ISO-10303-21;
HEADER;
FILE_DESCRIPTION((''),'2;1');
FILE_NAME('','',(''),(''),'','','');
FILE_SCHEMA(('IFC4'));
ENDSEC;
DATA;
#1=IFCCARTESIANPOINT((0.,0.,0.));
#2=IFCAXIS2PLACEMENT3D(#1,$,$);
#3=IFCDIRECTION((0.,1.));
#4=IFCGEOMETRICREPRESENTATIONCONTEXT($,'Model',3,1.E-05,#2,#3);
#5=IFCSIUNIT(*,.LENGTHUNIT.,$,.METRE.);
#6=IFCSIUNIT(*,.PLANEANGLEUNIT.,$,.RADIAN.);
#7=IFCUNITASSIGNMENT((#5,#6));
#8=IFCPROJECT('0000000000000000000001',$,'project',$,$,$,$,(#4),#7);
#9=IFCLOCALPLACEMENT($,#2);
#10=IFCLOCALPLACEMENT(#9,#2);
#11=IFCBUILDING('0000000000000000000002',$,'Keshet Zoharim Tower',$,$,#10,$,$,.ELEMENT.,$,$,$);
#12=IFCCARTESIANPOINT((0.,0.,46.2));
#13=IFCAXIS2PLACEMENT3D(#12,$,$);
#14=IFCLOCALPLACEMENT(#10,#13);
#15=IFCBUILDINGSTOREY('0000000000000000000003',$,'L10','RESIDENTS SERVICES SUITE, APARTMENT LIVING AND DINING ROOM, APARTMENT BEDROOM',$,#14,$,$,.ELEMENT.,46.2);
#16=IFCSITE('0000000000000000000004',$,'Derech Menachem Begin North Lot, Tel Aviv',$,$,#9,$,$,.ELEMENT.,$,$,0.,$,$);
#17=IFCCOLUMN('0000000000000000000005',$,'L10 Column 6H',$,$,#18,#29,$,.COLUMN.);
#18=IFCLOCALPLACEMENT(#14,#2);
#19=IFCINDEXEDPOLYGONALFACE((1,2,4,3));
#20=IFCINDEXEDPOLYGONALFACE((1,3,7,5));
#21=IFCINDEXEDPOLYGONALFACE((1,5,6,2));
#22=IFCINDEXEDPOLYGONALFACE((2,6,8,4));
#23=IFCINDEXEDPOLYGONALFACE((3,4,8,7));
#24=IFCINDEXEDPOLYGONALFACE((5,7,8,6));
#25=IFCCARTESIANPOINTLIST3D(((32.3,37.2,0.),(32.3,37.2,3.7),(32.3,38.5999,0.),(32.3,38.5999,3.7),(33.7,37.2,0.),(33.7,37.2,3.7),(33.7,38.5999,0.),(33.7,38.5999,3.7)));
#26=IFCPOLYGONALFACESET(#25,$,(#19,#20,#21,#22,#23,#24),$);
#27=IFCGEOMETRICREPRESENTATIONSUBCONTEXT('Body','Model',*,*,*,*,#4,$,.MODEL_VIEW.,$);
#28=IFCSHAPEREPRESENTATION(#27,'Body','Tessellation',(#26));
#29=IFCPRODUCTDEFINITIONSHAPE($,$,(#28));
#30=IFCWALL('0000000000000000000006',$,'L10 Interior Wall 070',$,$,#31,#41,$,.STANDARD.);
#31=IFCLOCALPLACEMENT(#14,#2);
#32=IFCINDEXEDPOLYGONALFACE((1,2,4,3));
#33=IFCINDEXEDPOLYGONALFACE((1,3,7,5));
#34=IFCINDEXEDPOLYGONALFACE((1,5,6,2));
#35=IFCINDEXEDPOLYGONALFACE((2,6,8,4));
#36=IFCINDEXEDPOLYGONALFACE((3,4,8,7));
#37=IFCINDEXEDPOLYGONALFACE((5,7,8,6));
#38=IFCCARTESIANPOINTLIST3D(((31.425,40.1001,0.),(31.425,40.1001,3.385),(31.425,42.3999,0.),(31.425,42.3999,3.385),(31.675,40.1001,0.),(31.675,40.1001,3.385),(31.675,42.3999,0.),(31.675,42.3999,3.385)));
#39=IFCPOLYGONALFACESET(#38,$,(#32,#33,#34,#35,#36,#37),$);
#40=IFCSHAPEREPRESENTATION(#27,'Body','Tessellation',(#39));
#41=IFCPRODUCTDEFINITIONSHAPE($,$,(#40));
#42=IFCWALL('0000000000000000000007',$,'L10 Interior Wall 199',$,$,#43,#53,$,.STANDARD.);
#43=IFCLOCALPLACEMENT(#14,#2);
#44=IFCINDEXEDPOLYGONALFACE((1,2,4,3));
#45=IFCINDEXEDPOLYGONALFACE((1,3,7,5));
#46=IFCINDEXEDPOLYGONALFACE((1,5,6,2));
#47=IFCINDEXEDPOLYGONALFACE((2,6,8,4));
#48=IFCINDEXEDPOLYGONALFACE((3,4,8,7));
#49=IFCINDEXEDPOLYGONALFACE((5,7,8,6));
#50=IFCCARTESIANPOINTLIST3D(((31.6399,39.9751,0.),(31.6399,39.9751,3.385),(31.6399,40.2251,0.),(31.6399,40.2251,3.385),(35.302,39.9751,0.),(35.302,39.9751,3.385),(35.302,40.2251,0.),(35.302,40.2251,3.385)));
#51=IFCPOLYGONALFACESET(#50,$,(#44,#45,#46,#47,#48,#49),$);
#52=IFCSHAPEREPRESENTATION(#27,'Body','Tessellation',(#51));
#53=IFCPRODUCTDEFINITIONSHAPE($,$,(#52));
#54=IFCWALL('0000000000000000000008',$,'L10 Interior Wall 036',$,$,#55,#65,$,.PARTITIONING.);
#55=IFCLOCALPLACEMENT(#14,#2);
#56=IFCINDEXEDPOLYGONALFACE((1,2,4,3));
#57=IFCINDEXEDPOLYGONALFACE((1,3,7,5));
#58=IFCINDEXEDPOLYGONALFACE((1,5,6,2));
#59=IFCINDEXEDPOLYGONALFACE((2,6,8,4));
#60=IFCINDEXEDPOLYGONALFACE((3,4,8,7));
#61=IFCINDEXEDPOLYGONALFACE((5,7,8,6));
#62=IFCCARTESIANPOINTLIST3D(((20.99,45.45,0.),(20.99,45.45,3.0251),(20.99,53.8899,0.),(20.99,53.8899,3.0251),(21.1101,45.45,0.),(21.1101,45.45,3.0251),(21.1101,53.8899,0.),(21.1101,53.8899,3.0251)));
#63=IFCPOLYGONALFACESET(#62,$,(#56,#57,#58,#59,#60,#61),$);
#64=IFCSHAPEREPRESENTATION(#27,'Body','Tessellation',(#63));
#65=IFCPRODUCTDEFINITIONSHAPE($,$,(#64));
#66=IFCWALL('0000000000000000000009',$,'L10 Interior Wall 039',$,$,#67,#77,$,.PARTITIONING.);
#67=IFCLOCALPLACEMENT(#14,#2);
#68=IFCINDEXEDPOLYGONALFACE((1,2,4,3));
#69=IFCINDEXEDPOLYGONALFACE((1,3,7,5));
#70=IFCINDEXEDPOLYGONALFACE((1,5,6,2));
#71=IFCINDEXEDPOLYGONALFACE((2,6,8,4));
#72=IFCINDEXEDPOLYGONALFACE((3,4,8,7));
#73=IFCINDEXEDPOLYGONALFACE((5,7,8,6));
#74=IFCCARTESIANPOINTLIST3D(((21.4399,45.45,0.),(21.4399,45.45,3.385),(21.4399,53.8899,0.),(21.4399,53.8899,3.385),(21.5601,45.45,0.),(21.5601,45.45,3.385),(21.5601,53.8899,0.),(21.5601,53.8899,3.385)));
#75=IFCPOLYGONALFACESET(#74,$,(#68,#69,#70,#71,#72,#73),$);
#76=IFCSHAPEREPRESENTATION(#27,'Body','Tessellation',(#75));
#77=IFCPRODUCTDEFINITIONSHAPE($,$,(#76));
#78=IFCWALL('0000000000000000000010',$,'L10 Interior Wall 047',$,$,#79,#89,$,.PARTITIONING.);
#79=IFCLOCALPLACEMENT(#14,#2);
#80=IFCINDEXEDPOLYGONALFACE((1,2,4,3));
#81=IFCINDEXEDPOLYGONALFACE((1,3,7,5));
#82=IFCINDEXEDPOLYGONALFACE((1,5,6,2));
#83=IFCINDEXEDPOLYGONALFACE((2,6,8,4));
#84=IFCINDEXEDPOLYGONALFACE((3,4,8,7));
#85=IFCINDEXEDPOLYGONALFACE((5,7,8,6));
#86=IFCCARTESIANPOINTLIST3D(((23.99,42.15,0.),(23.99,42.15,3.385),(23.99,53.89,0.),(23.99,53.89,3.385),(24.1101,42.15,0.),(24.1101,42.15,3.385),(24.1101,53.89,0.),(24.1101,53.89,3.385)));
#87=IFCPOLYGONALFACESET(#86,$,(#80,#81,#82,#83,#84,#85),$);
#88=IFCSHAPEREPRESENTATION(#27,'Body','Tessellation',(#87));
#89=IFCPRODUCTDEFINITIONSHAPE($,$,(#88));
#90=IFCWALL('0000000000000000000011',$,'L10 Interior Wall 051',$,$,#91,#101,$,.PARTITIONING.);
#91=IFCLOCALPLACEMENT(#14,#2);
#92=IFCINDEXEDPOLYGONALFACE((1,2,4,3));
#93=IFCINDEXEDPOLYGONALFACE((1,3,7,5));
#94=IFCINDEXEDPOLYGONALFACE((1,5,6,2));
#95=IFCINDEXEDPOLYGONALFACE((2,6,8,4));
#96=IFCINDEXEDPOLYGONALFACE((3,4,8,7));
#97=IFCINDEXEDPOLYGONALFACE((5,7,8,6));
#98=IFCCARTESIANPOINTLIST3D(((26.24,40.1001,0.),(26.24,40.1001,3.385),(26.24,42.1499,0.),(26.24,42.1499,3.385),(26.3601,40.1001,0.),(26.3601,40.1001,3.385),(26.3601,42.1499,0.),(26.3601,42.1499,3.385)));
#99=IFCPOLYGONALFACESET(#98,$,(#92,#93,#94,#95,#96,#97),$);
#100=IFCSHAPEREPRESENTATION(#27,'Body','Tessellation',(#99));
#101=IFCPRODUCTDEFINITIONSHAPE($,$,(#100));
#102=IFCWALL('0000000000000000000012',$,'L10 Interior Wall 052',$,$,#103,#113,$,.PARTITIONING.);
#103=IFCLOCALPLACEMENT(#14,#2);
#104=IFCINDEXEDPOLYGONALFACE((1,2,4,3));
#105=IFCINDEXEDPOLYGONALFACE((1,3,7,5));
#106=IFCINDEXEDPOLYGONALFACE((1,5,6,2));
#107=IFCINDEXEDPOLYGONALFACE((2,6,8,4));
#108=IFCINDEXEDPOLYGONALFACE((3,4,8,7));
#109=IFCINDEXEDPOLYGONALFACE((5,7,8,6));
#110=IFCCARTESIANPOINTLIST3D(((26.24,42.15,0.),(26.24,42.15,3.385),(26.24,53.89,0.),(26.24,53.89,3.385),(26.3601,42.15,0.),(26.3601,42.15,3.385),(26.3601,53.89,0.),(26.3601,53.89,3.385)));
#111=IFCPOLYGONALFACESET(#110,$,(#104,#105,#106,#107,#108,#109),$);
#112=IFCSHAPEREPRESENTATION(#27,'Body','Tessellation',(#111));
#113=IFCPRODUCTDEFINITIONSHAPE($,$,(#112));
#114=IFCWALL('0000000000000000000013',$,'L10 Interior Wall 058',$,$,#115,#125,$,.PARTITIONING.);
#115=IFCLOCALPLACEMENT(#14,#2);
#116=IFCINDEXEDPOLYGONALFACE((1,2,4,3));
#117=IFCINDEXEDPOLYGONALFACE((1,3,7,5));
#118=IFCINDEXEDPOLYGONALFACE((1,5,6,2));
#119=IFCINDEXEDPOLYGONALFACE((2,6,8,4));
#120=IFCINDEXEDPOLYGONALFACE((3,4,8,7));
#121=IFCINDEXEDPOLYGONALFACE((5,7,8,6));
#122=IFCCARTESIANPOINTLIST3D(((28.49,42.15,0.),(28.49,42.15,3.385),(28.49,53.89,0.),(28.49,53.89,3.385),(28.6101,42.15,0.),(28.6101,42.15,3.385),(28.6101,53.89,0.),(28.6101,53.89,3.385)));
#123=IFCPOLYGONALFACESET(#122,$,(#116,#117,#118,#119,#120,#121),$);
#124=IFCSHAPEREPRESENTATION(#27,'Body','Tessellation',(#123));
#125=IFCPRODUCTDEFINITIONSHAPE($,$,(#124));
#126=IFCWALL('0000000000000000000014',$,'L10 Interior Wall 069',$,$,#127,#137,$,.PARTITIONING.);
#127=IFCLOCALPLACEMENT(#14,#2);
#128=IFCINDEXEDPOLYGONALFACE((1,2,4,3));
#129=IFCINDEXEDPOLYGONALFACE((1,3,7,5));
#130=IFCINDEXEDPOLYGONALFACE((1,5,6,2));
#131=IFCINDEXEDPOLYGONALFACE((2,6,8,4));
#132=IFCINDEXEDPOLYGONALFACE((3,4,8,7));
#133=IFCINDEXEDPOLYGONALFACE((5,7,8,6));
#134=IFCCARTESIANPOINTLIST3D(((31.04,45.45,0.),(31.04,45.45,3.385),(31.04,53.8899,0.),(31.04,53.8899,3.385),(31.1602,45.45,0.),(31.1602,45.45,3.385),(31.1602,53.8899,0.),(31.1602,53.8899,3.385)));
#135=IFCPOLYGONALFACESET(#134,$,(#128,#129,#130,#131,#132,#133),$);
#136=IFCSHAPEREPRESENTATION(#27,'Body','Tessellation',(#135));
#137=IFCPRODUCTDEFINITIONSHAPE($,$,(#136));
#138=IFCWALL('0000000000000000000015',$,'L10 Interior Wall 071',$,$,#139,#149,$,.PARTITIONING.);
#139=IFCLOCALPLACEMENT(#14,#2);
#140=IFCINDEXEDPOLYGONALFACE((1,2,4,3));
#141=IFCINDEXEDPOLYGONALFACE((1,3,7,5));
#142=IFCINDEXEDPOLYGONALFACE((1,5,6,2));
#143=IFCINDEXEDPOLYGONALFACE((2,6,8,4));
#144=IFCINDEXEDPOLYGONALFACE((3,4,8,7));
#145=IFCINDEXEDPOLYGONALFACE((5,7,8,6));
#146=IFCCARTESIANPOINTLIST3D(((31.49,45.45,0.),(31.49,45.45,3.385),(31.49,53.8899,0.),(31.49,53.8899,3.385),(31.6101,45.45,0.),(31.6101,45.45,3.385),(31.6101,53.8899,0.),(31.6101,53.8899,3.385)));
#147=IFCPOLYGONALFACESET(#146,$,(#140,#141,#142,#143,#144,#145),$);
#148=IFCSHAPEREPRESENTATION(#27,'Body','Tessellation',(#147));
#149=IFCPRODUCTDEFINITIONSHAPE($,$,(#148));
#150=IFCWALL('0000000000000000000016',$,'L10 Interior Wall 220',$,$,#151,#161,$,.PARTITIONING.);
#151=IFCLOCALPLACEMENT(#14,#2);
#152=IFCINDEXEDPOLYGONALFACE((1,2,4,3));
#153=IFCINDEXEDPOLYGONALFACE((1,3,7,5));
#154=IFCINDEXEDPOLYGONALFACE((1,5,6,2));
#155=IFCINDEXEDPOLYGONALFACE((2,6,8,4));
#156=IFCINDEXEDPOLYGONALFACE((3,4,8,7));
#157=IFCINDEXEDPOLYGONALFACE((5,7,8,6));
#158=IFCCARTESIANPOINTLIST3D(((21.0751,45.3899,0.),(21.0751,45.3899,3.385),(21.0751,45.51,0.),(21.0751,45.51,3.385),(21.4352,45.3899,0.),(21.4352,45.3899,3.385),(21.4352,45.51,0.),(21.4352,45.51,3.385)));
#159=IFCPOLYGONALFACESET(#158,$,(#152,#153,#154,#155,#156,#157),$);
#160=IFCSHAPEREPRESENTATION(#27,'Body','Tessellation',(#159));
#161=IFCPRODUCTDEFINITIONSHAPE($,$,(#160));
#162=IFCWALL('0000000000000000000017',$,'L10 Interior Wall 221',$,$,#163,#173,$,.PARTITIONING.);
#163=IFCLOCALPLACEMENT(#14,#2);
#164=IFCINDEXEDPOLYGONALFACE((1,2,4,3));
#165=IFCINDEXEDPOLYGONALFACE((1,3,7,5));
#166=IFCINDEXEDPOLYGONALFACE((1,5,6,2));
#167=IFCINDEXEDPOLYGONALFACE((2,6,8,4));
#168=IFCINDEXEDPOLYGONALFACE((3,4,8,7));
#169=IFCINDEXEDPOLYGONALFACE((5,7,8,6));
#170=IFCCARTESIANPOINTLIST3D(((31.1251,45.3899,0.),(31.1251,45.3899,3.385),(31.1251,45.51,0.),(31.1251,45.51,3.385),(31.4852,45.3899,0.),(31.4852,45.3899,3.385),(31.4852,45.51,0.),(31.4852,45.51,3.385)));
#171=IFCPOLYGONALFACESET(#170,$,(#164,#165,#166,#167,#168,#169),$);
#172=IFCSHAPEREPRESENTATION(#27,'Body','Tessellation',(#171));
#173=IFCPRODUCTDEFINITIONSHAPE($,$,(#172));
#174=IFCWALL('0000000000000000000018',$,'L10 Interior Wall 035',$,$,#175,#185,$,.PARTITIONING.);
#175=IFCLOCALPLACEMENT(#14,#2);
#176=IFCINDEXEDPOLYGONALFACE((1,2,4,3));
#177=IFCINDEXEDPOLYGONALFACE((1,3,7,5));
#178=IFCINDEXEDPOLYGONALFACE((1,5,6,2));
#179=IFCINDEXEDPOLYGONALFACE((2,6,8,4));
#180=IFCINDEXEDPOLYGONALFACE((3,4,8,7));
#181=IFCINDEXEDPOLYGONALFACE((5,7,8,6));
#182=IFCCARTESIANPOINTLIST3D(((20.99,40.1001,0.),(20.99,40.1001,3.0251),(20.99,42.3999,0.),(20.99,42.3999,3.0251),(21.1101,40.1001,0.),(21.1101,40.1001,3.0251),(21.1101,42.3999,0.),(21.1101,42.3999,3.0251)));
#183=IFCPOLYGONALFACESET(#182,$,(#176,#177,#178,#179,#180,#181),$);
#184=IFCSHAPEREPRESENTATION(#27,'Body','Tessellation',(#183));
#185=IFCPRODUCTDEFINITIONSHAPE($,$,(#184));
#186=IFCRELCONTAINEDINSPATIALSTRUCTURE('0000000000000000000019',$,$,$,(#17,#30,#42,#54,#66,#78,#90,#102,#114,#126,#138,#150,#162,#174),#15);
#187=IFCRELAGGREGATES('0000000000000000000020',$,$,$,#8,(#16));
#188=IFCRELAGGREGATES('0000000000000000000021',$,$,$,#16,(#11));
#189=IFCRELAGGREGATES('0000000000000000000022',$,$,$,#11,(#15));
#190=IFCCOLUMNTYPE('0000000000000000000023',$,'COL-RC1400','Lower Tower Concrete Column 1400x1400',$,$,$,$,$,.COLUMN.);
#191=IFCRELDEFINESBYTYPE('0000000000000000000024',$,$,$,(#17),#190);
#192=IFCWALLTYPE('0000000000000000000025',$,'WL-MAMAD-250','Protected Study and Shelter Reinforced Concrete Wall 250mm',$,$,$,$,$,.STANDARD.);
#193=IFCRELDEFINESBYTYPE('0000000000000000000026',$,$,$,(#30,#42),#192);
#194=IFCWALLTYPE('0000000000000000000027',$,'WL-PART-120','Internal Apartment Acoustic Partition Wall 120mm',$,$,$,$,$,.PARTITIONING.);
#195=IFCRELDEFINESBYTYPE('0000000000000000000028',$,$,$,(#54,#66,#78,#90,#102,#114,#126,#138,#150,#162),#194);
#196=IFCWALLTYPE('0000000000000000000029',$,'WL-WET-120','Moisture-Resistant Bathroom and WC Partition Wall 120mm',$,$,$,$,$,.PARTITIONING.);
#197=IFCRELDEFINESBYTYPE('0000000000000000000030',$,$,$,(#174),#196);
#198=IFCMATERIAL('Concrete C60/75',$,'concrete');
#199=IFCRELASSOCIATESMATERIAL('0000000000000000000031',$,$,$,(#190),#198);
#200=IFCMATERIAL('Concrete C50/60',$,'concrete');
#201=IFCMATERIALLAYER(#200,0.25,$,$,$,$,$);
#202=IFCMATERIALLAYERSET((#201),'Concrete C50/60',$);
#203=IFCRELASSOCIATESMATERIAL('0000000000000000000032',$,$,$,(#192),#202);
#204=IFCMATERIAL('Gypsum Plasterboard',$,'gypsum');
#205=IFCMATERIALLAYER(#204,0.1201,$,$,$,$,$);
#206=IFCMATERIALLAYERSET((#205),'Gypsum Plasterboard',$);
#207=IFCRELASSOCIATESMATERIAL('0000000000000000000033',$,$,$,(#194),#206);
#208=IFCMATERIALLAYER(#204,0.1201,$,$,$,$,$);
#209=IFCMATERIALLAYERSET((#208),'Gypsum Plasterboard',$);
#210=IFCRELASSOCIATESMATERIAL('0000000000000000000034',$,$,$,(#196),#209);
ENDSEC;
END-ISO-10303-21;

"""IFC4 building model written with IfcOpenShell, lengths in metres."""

from ifc_helpers import new_model, si_unit, direction, frame, frame_2d, origin, origin_2d, place, context, subcontext, project, spatial, rectangle, extrude, material, layer, layer_set, material_profile, profile_set, type_object, element, save


model = new_model("IFC4")

# Units and contexts
model_context = context("Model", 3, precision=1e-05, world=origin(), true_north=direction((0.0, 1.0)))
body_context = subcontext(model_context, "Body", "Model", "MODEL_VIEW")
ifc_project = project(units=[si_unit("LENGTHUNIT", "METRE"), si_unit("PLANEANGLEUNIT", "RADIAN")], contexts=[model_context])

# Site, building, storey
site_placement = place(None, origin())
site = spatial("IfcSite", under=ifc_project, at=site_placement, Name="Derech Menachem Begin North Lot, Tel Aviv", CompositionType="ELEMENT", RefElevation=0.0)
building_placement = place(site_placement, origin())
building = spatial("IfcBuilding", under=site, at=building_placement, Name="Keshet Zoharim Tower", CompositionType="ELEMENT")
storey_placement = place(building_placement, frame((0.0, 0.0, 46.2)))
storey = spatial("IfcBuildingStorey", under=building, at=storey_placement, Name="L10", Description="RESIDENTS SERVICES SUITE, APARTMENT LIVING AND DINING ROOM, APARTMENT BEDROOM", CompositionType="ELEMENT", Elevation=46.2)

# Column
ifc_material_1 = material(Name="Concrete C60/75", Category="concrete")
ifc_material_profile = material_profile(ifc_material_1, rectangle(XDim=1.3999, YDim=1.3999, at=origin_2d()), Name="RC1400x1400")
ifc_profile_set = profile_set([ifc_material_profile], Name="Concrete C60/75")
column_type = type_object("IfcColumnType", Name="COL-RC1400", Description="Lower Tower Concrete Column 1400x1400", PredefinedType="COLUMN", material=ifc_profile_set)
column_placement = place(storey_placement, frame((33.0, 37.8999, 0.0), z_axis=(0.0, 0.0, 1.0), x_axis=(1.0, 0.0, 0.0)))
element("IfcColumn", 1, at=column_placement, inside=storey, type_object=column_type, Name="L10 Column 6H", PredefinedType="COLUMN", context=body_context, shape_type="SweptSolid", body=[
    extrude(rectangle(XDim=1.3999, YDim=1.3999, at=origin_2d()), origin(), (0.0, 0.0, 1.0), 3.7),
])

# Shared definitions
ifc_material_2 = material(Name="Gypsum Plasterboard", Category="gypsum")

# Walls
ifc_material_3 = material(Name="Concrete C50/60", Category="concrete")
ifc_layer_1 = layer(ifc_material_3, 0.25)
ifc_layer_set_1 = layer_set([ifc_layer_1], Name="Concrete C50/60")
wall_type_1 = type_object("IfcWallType", Name="WL-MAMAD-250", Description="Protected Study and Shelter Reinforced Concrete Wall 250mm", PredefinedType="STANDARD", material=ifc_layer_set_1)
wall_1_placement = place(storey_placement, frame((31.55, 40.1001, 0.0), z_axis=(0.0, 0.0, 1.0), x_axis=(0.0, 1.0, 0.0)))
element("IfcWall", 2, at=wall_1_placement, inside=storey, type_object=wall_type_1, Name="L10 Interior Wall 070", PredefinedType="STANDARD", context=body_context, shape_type="SweptSolid", body=[
    extrude(rectangle(XDim=2.2998, YDim=0.25, at=frame_2d((1.1499, 0.0))), origin(), (0.0, 0.0, 1.0), 3.385),
])
wall_2_placement = place(storey_placement, frame((31.6399, 40.1001, 0.0), z_axis=(0.0, 0.0, 1.0), x_axis=(1.0, 0.0, 0.0)))
element("IfcWall", 3, at=wall_2_placement, inside=storey, type_object=wall_type_1, Name="L10 Interior Wall 199", PredefinedType="STANDARD", context=body_context, shape_type="SweptSolid", body=[
    extrude(rectangle(XDim=3.6621, YDim=0.25, at=frame_2d((1.8311, 0.0))), origin(), (0.0, 0.0, 1.0), 3.385),
])

# Walls
ifc_layer_2 = layer(ifc_material_2, 0.1201)
ifc_layer_set_2 = layer_set([ifc_layer_2], Name="Gypsum Plasterboard")
wall_type_2 = type_object("IfcWallType", Name="WL-PART-120", Description="Internal Apartment Acoustic Partition Wall 120mm", PredefinedType="PARTITIONING", material=ifc_layer_set_2)
wall_3_placement = place(storey_placement, frame((21.05, 45.45, 0.0), z_axis=(0.0, 0.0, 1.0), x_axis=(0.0, 1.0, 0.0)))
element("IfcWall", 4, at=wall_3_placement, inside=storey, type_object=wall_type_2, Name="L10 Interior Wall 036", PredefinedType="PARTITIONING", context=body_context, shape_type="SweptSolid", body=[
    extrude(rectangle(XDim=8.4399, YDim=0.1201, at=frame_2d((4.22, 0.0))), origin(), (0.0, 0.0, 1.0), 3.0251),
])
wall_4_placement = place(storey_placement, frame((21.5, 45.45, 0.0), z_axis=(0.0, 0.0, 1.0), x_axis=(0.0, 1.0, 0.0)))
element("IfcWall", 5, at=wall_4_placement, inside=storey, type_object=wall_type_2, Name="L10 Interior Wall 039", PredefinedType="PARTITIONING", context=body_context, shape_type="SweptSolid", body=[
    extrude(rectangle(XDim=8.4399, YDim=0.1201, at=frame_2d((4.22, 0.0))), origin(), (0.0, 0.0, 1.0), 3.385),
])
wall_5_placement = place(storey_placement, frame((24.05, 42.1499, 0.0), z_axis=(0.0, 0.0, 1.0), x_axis=(0.0, 1.0, 0.0)))
element("IfcWall", 6, at=wall_5_placement, inside=storey, type_object=wall_type_2, Name="L10 Interior Wall 047", PredefinedType="PARTITIONING", context=body_context, shape_type="SweptSolid", body=[
    extrude(rectangle(XDim=11.74, YDim=0.1201, at=frame_2d((5.8701, 0.0))), origin(), (0.0, 0.0, 1.0), 3.385),
])
wall_6_placement = place(storey_placement, frame((26.3, 40.1001, 0.0), z_axis=(0.0, 0.0, 1.0), x_axis=(0.0, 1.0, 0.0)))
element("IfcWall", 7, at=wall_6_placement, inside=storey, type_object=wall_type_2, Name="L10 Interior Wall 051", PredefinedType="PARTITIONING", context=body_context, shape_type="SweptSolid", body=[
    extrude(rectangle(XDim=2.0498, YDim=0.1201, at=frame_2d((1.0249, 0.0))), origin(), (0.0, 0.0, 1.0), 3.385),
])
for number, where, z_axis, x_axis, name in (
    (8, (26.3, 42.1499, 0.0), (0.0, 0.0, 1.0), (0.0, 1.0, 0.0), "L10 Interior Wall 052"),
    (9, (28.55, 42.1499, 0.0), (0.0, 0.0, 1.0), (0.0, 1.0, 0.0), "L10 Interior Wall 058"),
):
    element("IfcWall", number, at=place(storey_placement, frame(where, z_axis=z_axis, x_axis=x_axis)), inside=storey, type_object=wall_type_2, Name=name, PredefinedType="PARTITIONING", context=body_context, shape_type="SweptSolid", body=[
        extrude(rectangle(XDim=11.74, YDim=0.1201, at=frame_2d((5.8701, 0.0))), origin(), (0.0, 0.0, 1.0), 3.385),
    ])
for number, where, z_axis, x_axis, name in (
    (10, (31.1001, 45.45, 0.0), (0.0, 0.0, 1.0), (0.0, 1.0, 0.0), "L10 Interior Wall 069"),
    (11, (31.55, 45.45, 0.0), (0.0, 0.0, 1.0), (0.0, 1.0, 0.0), "L10 Interior Wall 071"),
):
    element("IfcWall", number, at=place(storey_placement, frame(where, z_axis=z_axis, x_axis=x_axis)), inside=storey, type_object=wall_type_2, Name=name, PredefinedType="PARTITIONING", context=body_context, shape_type="SweptSolid", body=[
        extrude(rectangle(XDim=8.4399, YDim=0.1201, at=frame_2d((4.22, 0.0))), origin(), (0.0, 0.0, 1.0), 3.385),
    ])

# Walls
for number, where, z_axis, x_axis, name in (
    (12, (21.075, 45.45, 0.0), (0.0, 0.0, 1.0), (1.0, 0.0, 0.0), "L10 Interior Wall 220"),
    (13, (31.125, 45.45, 0.0), (0.0, 0.0, 1.0), (1.0, 0.0, 0.0), "L10 Interior Wall 221"),
):
    element("IfcWall", number, at=place(storey_placement, frame(where, z_axis=z_axis, x_axis=x_axis)), inside=storey, type_object=wall_type_2, Name=name, PredefinedType="PARTITIONING", context=body_context, shape_type="SweptSolid", body=[
        extrude(rectangle(XDim=0.3601, YDim=0.1201, at=frame_2d((0.1802, 0.0))), origin(), (0.0, 0.0, 1.0), 3.385),
    ])

# Wall
ifc_layer_3 = layer(ifc_material_2, 0.1201)
ifc_layer_set_3 = layer_set([ifc_layer_3], Name="Gypsum Plasterboard")
wall_type_3 = type_object("IfcWallType", Name="WL-WET-120", Description="Moisture-Resistant Bathroom and WC Partition Wall 120mm", PredefinedType="PARTITIONING", material=ifc_layer_set_3)
wall_7_placement = place(storey_placement, frame((21.05, 40.1001, 0.0), z_axis=(0.0, 0.0, 1.0), x_axis=(0.0, 1.0, 0.0)))
element("IfcWall", 14, at=wall_7_placement, inside=storey, type_object=wall_type_3, Name="L10 Interior Wall 035", PredefinedType="PARTITIONING", context=body_context, shape_type="SweptSolid", body=[
    extrude(rectangle(XDim=2.2998, YDim=0.1201, at=frame_2d((1.1499, 0.0))), origin(), (0.0, 0.0, 1.0), 3.0251),
])

save(model, "model.ifc")
